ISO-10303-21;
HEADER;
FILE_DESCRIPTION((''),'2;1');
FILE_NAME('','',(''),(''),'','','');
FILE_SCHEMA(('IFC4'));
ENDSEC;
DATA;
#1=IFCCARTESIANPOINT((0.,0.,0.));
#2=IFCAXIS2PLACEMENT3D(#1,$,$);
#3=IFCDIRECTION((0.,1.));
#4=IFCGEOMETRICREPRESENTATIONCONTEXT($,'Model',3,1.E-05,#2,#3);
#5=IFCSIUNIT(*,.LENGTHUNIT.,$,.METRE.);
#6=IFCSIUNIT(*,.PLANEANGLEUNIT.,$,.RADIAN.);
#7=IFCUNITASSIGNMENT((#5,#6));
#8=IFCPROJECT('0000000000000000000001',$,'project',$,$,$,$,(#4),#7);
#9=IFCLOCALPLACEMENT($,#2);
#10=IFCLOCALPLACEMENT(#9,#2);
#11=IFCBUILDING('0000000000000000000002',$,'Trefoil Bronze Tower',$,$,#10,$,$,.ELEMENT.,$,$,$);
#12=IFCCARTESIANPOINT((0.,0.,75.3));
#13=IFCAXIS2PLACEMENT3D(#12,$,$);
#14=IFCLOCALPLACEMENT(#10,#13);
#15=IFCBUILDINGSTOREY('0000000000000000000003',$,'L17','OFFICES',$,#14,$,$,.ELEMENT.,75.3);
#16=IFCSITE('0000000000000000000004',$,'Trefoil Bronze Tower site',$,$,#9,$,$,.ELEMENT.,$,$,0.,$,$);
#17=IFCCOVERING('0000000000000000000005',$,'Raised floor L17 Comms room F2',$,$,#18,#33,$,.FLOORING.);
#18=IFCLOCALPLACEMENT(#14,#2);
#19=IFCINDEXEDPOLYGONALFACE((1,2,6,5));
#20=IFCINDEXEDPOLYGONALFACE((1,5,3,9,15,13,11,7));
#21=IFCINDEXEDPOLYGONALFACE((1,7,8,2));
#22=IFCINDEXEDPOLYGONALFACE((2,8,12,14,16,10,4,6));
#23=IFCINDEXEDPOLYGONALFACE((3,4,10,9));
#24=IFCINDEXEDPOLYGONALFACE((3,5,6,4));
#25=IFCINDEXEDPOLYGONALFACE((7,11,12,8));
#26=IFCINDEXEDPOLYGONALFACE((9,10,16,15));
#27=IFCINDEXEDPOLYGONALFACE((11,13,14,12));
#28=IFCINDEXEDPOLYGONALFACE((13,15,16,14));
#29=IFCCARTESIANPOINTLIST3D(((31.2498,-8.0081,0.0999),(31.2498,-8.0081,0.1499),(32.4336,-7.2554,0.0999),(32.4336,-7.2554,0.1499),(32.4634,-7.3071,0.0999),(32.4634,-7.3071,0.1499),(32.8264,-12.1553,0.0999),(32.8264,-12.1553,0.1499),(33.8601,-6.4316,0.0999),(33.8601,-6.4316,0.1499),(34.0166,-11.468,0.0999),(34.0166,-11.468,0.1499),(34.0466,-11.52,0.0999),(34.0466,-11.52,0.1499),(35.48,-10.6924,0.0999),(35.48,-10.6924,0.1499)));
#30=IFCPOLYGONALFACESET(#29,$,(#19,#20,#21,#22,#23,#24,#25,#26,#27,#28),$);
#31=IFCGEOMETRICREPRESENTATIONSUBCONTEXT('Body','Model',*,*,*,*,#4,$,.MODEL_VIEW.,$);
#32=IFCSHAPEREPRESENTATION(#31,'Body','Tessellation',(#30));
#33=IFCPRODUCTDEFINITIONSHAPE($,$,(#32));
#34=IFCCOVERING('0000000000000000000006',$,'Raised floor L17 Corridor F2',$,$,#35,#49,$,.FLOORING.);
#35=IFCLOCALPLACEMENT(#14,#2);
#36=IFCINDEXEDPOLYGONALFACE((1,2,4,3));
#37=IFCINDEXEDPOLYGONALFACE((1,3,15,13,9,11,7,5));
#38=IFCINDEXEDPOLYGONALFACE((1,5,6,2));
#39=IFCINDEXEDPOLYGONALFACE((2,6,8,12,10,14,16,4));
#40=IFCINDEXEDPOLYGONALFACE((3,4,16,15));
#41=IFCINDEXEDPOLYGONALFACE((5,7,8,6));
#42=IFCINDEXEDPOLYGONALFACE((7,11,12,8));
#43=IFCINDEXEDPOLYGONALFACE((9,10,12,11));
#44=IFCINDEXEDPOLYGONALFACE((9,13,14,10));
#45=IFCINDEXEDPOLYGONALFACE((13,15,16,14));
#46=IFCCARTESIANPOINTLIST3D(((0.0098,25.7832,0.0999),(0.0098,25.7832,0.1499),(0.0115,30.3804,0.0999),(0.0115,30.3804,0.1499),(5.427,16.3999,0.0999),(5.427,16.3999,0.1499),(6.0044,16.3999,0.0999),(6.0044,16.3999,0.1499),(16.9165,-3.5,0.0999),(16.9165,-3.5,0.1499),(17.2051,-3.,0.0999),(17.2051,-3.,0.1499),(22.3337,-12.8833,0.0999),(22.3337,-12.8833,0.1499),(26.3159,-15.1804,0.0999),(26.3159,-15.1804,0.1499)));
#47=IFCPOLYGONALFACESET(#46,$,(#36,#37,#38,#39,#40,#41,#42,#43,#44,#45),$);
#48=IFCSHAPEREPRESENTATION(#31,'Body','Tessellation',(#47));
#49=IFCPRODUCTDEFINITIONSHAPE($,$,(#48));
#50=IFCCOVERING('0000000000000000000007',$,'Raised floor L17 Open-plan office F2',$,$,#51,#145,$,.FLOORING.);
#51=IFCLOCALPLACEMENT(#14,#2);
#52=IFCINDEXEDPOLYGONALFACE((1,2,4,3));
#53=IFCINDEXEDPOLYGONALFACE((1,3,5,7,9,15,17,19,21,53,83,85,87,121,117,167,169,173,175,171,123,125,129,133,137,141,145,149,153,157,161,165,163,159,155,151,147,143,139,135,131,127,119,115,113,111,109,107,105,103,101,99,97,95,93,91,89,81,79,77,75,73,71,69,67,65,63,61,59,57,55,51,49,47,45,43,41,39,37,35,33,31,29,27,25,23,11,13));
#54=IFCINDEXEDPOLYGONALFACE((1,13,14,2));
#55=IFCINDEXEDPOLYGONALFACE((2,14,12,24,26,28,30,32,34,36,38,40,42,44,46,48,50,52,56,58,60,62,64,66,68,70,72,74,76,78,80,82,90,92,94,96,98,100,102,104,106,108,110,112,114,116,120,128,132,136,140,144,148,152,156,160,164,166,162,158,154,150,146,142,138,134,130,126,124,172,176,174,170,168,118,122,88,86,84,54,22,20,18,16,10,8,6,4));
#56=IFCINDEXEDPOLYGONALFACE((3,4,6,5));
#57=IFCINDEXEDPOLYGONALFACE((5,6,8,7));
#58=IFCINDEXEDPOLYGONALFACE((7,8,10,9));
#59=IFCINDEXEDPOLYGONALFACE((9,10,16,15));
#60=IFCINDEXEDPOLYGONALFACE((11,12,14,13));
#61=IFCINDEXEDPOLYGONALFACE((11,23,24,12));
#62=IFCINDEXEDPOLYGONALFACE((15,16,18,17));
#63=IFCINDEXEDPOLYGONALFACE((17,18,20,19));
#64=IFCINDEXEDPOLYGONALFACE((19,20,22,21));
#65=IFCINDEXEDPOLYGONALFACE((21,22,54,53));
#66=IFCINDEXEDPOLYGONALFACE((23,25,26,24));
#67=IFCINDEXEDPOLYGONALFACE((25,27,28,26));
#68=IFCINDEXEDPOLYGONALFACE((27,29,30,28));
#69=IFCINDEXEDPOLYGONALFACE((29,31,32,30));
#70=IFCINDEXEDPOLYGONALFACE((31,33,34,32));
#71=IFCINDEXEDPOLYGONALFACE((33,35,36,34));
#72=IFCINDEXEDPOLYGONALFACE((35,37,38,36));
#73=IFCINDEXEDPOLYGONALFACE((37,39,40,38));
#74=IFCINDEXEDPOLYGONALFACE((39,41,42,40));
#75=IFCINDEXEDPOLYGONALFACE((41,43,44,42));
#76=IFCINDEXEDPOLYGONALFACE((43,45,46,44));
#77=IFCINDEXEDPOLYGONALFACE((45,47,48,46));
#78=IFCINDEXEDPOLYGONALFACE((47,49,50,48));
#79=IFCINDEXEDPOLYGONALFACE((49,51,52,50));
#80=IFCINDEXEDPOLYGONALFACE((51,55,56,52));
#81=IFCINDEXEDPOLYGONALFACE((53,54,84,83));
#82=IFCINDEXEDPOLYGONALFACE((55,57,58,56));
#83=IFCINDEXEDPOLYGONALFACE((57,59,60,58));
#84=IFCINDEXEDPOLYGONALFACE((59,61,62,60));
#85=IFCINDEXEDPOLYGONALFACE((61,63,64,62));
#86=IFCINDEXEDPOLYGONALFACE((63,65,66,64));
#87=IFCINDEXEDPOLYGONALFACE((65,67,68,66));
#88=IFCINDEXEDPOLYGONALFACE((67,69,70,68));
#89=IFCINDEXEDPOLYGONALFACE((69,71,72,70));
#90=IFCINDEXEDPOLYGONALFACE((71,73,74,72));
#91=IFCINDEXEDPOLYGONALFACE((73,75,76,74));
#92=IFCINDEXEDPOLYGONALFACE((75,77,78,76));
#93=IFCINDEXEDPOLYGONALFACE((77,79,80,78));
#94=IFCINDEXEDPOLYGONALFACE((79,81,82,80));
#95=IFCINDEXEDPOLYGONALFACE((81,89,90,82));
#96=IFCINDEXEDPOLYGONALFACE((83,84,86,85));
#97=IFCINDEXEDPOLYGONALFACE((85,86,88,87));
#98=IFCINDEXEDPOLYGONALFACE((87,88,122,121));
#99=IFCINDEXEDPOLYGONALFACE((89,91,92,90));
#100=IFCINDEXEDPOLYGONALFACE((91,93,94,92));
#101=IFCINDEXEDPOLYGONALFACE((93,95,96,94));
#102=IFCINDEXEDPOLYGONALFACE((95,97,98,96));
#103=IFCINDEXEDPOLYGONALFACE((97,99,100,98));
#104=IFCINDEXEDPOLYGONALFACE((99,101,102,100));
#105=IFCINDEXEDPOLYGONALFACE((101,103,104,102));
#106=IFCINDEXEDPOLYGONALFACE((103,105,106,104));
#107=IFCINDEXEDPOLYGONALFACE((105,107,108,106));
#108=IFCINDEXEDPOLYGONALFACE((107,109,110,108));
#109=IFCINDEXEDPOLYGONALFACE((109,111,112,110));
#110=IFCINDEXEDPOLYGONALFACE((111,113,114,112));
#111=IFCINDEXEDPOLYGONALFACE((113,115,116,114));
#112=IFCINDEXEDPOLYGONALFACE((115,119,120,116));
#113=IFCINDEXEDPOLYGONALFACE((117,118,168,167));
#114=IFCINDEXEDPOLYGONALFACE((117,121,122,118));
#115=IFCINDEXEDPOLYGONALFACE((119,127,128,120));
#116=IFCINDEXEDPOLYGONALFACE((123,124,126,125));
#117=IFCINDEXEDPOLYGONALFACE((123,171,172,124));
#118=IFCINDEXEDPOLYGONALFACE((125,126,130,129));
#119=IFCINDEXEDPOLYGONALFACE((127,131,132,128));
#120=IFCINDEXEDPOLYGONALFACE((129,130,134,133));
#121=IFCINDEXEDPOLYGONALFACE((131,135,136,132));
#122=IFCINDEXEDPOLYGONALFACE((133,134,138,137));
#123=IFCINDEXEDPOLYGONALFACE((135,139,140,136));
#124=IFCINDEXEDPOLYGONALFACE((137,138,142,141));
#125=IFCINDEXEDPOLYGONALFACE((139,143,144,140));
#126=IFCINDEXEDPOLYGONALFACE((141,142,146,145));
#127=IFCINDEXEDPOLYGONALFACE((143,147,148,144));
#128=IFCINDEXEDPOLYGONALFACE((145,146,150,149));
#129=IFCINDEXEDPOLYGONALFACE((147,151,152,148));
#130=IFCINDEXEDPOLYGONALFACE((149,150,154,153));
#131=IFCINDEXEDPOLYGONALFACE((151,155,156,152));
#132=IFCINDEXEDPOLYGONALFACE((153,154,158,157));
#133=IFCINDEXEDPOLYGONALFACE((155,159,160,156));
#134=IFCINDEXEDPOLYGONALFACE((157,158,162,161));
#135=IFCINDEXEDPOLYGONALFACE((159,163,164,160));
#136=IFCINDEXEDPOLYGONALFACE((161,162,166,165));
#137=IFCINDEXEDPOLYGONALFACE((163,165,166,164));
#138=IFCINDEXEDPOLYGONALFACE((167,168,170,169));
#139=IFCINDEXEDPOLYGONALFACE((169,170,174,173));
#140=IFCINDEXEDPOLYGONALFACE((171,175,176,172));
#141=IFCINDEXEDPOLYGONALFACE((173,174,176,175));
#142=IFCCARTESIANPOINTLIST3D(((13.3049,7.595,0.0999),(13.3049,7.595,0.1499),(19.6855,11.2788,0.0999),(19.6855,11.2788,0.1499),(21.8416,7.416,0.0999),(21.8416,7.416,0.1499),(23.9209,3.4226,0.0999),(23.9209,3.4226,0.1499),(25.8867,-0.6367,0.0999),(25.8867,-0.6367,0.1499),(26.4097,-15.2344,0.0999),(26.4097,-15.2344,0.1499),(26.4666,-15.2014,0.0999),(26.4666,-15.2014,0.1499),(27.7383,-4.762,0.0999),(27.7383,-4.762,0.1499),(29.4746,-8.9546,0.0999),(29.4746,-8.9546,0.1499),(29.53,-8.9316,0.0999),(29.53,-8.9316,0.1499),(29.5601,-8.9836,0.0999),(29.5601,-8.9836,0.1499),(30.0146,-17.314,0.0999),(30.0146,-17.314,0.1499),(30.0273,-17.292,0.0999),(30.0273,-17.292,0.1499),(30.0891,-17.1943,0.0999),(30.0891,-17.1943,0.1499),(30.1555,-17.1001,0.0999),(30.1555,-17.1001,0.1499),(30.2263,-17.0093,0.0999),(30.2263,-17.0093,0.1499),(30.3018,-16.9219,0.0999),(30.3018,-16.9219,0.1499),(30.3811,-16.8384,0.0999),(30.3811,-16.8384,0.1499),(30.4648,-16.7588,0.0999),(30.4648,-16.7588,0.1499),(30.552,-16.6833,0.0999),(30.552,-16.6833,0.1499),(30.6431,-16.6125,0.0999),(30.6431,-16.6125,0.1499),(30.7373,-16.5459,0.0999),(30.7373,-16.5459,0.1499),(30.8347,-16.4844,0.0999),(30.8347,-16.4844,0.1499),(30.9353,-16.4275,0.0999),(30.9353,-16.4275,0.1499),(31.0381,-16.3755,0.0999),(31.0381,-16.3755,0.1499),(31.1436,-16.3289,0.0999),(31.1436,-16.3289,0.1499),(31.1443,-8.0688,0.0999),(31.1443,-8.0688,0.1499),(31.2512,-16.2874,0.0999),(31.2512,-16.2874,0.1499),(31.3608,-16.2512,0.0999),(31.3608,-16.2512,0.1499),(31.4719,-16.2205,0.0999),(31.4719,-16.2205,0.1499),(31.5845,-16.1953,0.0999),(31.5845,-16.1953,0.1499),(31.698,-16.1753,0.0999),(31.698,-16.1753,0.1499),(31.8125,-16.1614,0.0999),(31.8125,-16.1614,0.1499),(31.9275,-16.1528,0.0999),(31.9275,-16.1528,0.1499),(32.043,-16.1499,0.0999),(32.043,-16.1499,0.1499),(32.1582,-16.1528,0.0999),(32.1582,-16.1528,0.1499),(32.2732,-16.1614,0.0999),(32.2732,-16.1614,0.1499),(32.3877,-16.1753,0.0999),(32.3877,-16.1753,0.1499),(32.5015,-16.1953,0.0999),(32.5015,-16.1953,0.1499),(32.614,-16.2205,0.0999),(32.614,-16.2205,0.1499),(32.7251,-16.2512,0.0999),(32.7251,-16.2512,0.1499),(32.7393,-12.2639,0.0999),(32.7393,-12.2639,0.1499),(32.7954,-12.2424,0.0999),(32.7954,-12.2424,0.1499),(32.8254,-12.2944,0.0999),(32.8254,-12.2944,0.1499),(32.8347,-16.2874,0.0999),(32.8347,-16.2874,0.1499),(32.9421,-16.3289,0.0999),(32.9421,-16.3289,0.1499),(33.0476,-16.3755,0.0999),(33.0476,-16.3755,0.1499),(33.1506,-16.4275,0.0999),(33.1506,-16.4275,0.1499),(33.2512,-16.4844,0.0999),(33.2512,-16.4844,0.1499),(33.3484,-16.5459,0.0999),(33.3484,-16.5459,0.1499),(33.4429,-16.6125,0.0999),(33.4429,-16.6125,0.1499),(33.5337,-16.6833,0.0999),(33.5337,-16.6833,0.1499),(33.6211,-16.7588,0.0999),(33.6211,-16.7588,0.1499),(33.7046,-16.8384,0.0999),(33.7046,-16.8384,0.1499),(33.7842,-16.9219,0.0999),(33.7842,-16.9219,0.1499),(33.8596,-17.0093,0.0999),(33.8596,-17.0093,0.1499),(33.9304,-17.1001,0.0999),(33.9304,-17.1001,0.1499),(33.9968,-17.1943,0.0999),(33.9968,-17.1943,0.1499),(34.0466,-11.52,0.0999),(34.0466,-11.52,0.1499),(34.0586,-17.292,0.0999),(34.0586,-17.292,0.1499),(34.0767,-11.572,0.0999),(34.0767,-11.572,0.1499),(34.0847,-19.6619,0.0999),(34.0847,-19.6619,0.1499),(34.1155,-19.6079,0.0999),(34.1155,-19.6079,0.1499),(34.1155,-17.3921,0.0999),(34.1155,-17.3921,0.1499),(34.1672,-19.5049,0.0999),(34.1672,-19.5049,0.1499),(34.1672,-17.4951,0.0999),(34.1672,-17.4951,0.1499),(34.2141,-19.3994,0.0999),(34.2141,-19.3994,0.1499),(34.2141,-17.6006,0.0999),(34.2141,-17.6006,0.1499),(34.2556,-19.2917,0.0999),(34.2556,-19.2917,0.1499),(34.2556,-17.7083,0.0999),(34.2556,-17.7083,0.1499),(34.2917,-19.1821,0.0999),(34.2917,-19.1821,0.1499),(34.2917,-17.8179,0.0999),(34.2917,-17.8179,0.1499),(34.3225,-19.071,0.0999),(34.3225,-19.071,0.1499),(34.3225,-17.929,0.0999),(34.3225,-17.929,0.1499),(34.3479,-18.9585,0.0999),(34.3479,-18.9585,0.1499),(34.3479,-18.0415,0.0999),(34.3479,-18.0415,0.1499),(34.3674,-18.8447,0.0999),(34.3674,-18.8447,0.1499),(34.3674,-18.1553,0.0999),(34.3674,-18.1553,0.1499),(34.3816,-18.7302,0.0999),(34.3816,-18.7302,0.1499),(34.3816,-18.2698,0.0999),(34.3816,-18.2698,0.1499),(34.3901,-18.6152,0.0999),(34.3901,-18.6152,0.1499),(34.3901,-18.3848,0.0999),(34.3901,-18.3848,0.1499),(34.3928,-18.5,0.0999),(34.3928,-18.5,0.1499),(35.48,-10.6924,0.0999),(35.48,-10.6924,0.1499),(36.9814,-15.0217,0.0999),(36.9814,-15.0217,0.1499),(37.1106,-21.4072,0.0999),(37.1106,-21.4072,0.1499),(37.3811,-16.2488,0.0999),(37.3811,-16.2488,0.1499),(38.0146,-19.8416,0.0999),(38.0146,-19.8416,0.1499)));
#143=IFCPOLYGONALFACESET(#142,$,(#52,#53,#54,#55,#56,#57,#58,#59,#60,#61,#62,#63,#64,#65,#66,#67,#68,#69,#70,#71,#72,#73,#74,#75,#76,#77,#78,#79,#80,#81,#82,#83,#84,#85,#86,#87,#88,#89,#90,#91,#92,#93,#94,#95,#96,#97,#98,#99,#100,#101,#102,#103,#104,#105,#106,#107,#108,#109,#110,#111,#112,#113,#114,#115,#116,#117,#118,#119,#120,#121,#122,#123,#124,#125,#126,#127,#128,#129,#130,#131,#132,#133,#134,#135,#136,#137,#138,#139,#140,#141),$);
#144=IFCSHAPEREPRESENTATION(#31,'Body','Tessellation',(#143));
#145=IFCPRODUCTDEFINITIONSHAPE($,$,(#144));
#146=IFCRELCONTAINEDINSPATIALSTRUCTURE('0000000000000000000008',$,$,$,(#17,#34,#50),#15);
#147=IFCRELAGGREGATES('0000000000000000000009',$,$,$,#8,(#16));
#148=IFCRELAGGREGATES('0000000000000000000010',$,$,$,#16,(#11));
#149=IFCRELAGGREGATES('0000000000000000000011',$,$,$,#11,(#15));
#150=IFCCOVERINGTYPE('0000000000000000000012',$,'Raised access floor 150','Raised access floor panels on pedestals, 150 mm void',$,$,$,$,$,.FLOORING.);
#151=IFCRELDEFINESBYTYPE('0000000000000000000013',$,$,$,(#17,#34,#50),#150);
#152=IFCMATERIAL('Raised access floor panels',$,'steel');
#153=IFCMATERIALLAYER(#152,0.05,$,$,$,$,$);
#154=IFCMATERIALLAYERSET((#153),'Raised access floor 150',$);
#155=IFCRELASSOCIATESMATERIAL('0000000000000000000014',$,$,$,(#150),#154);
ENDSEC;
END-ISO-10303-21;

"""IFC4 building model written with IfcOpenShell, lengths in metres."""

from ifc_helpers import new_model, si_unit, direction, frame, origin, place, context, subcontext, project, spatial, polyline, outline, extrude, material, layer, layer_set, type_object, element, save


model = new_model("IFC4")

# Units and contexts
model_context = context("Model", 3, precision=1e-05, world=origin(), true_north=direction((0.0, 1.0)))
body_context = subcontext(model_context, "Body", "Model", "MODEL_VIEW")
ifc_project = project(units=[si_unit("LENGTHUNIT", "METRE"), si_unit("PLANEANGLEUNIT", "RADIAN")], contexts=[model_context])

# Site, building, storey
site_placement = place(None, origin())
site = spatial("IfcSite", under=ifc_project, at=site_placement, Name="Trefoil Bronze Tower site", CompositionType="ELEMENT", RefElevation=0.0)
building_placement = place(site_placement, origin())
building = spatial("IfcBuilding", under=site, at=building_placement, Name="Trefoil Bronze Tower", CompositionType="ELEMENT")
storey_placement = place(building_placement, frame((0.0, 0.0, 75.3)))
storey = spatial("IfcBuildingStorey", under=building, at=storey_placement, Name="L17", Description="OFFICES", CompositionType="ELEMENT", Elevation=75.3)

# Coverings
ifc_material_1 = material(Name="Raised access floor panels", Category="steel")
ifc_layer_1 = layer(ifc_material_1, 0.05)
ifc_layer_set_1 = layer_set([ifc_layer_1], Name="Raised access floor 150")
covering_type_1 = type_object("IfcCoveringType", Name="Raised access floor 150", Description="Raised access floor panels on pedestals, 150 mm void", PredefinedType="FLOORING", material=ifc_layer_set_1)
covering_1_placement = place(storey_placement, frame((0.0, 0.0, 0.0999)))
element("IfcCovering", 1, at=covering_1_placement, inside=storey, type_object=covering_type_1, Name="Raised floor L17 Comms room F2", PredefinedType="FLOORING", context=body_context, shape_type="SweptSolid", body=[
    extrude(outline(polyline([(33.8601, -6.4316), (35.48, -10.6924), (34.0466, -11.52), (34.0166, -11.468), (32.8264, -12.1553), (31.2498, -8.0081), (32.4634, -7.3071), (32.4336, -7.2554), (33.8601, -6.4316)])), origin(), (0.0, 0.0, 1.0), 0.05),
])
covering_2_placement = place(storey_placement, frame((0.0, 0.0, 0.0999)))
element("IfcCovering", 2, at=covering_2_placement, inside=storey, type_object=covering_type_1, Name="Raised floor L17 Corridor F2", PredefinedType="FLOORING", context=body_context, shape_type="SweptSolid", body=[
    extrude(outline(polyline([(26.3159, -15.1804), (22.3337, -12.8833), (16.9165, -3.5), (17.2051, -3.0), (6.0044, 16.3999), (5.427, 16.3999), (0.0098, 25.7832), (0.0115, 30.3804), (26.3159, -15.1804)])), origin(), (0.0, 0.0, 1.0), 0.05),
])
covering_3_placement = place(storey_placement, frame((0.0, 0.0, 0.0999)))
element("IfcCovering", 3, at=covering_3_placement, inside=storey, type_object=covering_type_1, Name="Raised floor L17 Open-plan office F2", PredefinedType="FLOORING", context=body_context, shape_type="SweptSolid", body=[
    extrude(outline(polyline([(30.0891, -17.1943), (30.0273, -17.292), (30.0146, -17.314), (26.4097, -15.2344), (26.4666, -15.2014), (13.3049, 7.595), (19.6855, 11.2788), (21.8416, 7.416), (23.9209, 3.4226), (25.8867, -0.6367), (27.7383, -4.762), (29.4746, -8.9546), (29.53, -8.9316), (29.5601, -8.9836), (31.1443, -8.0688), (32.7393, -12.2639), (32.7954, -12.2424), (32.8254, -12.2944), (34.0767, -11.572), (34.0466, -11.52), (35.48, -10.6924), (36.9814, -15.0217), (37.3811, -16.2488), (38.0146, -19.8416), (37.1106, -21.4072), (34.0847, -19.6619), (34.1155, -19.6079), (34.1672, -19.5049), (34.2141, -19.3994), (34.2556, -19.2917), (34.2917, -19.1821), (34.3225, -19.071), (34.3479, -18.9585), (34.3674, -18.8447), (34.3816, -18.7302), (34.3901, -18.6152), (34.3928, -18.5), (34.3901, -18.3848), (34.3816, -18.2698), (34.3674, -18.1553), (34.3479, -18.0415), (34.3225, -17.929), (34.2917, -17.8179), (34.2556, -17.7083), (34.2141, -17.6006), (34.1672, -17.4951), (34.1155, -17.3921), (34.0586, -17.292), (33.9968, -17.1943), (33.9304, -17.1001), (33.8596, -17.0093), (33.7842, -16.9219), (33.7046, -16.8384), (33.6211, -16.7588), (33.5337, -16.6833), (33.4429, -16.6125), (33.3484, -16.5459), (33.2512, -16.4844), (33.1506, -16.4275), (33.0476, -16.3755), (32.9421, -16.3289), (32.8347, -16.2874), (32.7251, -16.2512), (32.614, -16.2205), (32.5015, -16.1953), (32.3877, -16.1753), (32.2732, -16.1614), (32.1582, -16.1528), (32.043, -16.1499), (31.9275, -16.1528), (31.8125, -16.1614), (31.698, -16.1753), (31.5845, -16.1953), (31.4719, -16.2205), (31.3608, -16.2512), (31.2512, -16.2874), (31.1436, -16.3289), (31.0381, -16.3755), (30.9353, -16.4275), (30.8347, -16.4844), (30.7373, -16.5459), (30.6431, -16.6125), (30.552, -16.6833), (30.4648, -16.7588), (30.3811, -16.8384), (30.3018, -16.9219), (30.2263, -17.0093), (30.1555, -17.1001), (30.0891, -17.1943)])), origin(), (0.0, 0.0, 1.0), 0.05),
])

save(model, "model.ifc")
